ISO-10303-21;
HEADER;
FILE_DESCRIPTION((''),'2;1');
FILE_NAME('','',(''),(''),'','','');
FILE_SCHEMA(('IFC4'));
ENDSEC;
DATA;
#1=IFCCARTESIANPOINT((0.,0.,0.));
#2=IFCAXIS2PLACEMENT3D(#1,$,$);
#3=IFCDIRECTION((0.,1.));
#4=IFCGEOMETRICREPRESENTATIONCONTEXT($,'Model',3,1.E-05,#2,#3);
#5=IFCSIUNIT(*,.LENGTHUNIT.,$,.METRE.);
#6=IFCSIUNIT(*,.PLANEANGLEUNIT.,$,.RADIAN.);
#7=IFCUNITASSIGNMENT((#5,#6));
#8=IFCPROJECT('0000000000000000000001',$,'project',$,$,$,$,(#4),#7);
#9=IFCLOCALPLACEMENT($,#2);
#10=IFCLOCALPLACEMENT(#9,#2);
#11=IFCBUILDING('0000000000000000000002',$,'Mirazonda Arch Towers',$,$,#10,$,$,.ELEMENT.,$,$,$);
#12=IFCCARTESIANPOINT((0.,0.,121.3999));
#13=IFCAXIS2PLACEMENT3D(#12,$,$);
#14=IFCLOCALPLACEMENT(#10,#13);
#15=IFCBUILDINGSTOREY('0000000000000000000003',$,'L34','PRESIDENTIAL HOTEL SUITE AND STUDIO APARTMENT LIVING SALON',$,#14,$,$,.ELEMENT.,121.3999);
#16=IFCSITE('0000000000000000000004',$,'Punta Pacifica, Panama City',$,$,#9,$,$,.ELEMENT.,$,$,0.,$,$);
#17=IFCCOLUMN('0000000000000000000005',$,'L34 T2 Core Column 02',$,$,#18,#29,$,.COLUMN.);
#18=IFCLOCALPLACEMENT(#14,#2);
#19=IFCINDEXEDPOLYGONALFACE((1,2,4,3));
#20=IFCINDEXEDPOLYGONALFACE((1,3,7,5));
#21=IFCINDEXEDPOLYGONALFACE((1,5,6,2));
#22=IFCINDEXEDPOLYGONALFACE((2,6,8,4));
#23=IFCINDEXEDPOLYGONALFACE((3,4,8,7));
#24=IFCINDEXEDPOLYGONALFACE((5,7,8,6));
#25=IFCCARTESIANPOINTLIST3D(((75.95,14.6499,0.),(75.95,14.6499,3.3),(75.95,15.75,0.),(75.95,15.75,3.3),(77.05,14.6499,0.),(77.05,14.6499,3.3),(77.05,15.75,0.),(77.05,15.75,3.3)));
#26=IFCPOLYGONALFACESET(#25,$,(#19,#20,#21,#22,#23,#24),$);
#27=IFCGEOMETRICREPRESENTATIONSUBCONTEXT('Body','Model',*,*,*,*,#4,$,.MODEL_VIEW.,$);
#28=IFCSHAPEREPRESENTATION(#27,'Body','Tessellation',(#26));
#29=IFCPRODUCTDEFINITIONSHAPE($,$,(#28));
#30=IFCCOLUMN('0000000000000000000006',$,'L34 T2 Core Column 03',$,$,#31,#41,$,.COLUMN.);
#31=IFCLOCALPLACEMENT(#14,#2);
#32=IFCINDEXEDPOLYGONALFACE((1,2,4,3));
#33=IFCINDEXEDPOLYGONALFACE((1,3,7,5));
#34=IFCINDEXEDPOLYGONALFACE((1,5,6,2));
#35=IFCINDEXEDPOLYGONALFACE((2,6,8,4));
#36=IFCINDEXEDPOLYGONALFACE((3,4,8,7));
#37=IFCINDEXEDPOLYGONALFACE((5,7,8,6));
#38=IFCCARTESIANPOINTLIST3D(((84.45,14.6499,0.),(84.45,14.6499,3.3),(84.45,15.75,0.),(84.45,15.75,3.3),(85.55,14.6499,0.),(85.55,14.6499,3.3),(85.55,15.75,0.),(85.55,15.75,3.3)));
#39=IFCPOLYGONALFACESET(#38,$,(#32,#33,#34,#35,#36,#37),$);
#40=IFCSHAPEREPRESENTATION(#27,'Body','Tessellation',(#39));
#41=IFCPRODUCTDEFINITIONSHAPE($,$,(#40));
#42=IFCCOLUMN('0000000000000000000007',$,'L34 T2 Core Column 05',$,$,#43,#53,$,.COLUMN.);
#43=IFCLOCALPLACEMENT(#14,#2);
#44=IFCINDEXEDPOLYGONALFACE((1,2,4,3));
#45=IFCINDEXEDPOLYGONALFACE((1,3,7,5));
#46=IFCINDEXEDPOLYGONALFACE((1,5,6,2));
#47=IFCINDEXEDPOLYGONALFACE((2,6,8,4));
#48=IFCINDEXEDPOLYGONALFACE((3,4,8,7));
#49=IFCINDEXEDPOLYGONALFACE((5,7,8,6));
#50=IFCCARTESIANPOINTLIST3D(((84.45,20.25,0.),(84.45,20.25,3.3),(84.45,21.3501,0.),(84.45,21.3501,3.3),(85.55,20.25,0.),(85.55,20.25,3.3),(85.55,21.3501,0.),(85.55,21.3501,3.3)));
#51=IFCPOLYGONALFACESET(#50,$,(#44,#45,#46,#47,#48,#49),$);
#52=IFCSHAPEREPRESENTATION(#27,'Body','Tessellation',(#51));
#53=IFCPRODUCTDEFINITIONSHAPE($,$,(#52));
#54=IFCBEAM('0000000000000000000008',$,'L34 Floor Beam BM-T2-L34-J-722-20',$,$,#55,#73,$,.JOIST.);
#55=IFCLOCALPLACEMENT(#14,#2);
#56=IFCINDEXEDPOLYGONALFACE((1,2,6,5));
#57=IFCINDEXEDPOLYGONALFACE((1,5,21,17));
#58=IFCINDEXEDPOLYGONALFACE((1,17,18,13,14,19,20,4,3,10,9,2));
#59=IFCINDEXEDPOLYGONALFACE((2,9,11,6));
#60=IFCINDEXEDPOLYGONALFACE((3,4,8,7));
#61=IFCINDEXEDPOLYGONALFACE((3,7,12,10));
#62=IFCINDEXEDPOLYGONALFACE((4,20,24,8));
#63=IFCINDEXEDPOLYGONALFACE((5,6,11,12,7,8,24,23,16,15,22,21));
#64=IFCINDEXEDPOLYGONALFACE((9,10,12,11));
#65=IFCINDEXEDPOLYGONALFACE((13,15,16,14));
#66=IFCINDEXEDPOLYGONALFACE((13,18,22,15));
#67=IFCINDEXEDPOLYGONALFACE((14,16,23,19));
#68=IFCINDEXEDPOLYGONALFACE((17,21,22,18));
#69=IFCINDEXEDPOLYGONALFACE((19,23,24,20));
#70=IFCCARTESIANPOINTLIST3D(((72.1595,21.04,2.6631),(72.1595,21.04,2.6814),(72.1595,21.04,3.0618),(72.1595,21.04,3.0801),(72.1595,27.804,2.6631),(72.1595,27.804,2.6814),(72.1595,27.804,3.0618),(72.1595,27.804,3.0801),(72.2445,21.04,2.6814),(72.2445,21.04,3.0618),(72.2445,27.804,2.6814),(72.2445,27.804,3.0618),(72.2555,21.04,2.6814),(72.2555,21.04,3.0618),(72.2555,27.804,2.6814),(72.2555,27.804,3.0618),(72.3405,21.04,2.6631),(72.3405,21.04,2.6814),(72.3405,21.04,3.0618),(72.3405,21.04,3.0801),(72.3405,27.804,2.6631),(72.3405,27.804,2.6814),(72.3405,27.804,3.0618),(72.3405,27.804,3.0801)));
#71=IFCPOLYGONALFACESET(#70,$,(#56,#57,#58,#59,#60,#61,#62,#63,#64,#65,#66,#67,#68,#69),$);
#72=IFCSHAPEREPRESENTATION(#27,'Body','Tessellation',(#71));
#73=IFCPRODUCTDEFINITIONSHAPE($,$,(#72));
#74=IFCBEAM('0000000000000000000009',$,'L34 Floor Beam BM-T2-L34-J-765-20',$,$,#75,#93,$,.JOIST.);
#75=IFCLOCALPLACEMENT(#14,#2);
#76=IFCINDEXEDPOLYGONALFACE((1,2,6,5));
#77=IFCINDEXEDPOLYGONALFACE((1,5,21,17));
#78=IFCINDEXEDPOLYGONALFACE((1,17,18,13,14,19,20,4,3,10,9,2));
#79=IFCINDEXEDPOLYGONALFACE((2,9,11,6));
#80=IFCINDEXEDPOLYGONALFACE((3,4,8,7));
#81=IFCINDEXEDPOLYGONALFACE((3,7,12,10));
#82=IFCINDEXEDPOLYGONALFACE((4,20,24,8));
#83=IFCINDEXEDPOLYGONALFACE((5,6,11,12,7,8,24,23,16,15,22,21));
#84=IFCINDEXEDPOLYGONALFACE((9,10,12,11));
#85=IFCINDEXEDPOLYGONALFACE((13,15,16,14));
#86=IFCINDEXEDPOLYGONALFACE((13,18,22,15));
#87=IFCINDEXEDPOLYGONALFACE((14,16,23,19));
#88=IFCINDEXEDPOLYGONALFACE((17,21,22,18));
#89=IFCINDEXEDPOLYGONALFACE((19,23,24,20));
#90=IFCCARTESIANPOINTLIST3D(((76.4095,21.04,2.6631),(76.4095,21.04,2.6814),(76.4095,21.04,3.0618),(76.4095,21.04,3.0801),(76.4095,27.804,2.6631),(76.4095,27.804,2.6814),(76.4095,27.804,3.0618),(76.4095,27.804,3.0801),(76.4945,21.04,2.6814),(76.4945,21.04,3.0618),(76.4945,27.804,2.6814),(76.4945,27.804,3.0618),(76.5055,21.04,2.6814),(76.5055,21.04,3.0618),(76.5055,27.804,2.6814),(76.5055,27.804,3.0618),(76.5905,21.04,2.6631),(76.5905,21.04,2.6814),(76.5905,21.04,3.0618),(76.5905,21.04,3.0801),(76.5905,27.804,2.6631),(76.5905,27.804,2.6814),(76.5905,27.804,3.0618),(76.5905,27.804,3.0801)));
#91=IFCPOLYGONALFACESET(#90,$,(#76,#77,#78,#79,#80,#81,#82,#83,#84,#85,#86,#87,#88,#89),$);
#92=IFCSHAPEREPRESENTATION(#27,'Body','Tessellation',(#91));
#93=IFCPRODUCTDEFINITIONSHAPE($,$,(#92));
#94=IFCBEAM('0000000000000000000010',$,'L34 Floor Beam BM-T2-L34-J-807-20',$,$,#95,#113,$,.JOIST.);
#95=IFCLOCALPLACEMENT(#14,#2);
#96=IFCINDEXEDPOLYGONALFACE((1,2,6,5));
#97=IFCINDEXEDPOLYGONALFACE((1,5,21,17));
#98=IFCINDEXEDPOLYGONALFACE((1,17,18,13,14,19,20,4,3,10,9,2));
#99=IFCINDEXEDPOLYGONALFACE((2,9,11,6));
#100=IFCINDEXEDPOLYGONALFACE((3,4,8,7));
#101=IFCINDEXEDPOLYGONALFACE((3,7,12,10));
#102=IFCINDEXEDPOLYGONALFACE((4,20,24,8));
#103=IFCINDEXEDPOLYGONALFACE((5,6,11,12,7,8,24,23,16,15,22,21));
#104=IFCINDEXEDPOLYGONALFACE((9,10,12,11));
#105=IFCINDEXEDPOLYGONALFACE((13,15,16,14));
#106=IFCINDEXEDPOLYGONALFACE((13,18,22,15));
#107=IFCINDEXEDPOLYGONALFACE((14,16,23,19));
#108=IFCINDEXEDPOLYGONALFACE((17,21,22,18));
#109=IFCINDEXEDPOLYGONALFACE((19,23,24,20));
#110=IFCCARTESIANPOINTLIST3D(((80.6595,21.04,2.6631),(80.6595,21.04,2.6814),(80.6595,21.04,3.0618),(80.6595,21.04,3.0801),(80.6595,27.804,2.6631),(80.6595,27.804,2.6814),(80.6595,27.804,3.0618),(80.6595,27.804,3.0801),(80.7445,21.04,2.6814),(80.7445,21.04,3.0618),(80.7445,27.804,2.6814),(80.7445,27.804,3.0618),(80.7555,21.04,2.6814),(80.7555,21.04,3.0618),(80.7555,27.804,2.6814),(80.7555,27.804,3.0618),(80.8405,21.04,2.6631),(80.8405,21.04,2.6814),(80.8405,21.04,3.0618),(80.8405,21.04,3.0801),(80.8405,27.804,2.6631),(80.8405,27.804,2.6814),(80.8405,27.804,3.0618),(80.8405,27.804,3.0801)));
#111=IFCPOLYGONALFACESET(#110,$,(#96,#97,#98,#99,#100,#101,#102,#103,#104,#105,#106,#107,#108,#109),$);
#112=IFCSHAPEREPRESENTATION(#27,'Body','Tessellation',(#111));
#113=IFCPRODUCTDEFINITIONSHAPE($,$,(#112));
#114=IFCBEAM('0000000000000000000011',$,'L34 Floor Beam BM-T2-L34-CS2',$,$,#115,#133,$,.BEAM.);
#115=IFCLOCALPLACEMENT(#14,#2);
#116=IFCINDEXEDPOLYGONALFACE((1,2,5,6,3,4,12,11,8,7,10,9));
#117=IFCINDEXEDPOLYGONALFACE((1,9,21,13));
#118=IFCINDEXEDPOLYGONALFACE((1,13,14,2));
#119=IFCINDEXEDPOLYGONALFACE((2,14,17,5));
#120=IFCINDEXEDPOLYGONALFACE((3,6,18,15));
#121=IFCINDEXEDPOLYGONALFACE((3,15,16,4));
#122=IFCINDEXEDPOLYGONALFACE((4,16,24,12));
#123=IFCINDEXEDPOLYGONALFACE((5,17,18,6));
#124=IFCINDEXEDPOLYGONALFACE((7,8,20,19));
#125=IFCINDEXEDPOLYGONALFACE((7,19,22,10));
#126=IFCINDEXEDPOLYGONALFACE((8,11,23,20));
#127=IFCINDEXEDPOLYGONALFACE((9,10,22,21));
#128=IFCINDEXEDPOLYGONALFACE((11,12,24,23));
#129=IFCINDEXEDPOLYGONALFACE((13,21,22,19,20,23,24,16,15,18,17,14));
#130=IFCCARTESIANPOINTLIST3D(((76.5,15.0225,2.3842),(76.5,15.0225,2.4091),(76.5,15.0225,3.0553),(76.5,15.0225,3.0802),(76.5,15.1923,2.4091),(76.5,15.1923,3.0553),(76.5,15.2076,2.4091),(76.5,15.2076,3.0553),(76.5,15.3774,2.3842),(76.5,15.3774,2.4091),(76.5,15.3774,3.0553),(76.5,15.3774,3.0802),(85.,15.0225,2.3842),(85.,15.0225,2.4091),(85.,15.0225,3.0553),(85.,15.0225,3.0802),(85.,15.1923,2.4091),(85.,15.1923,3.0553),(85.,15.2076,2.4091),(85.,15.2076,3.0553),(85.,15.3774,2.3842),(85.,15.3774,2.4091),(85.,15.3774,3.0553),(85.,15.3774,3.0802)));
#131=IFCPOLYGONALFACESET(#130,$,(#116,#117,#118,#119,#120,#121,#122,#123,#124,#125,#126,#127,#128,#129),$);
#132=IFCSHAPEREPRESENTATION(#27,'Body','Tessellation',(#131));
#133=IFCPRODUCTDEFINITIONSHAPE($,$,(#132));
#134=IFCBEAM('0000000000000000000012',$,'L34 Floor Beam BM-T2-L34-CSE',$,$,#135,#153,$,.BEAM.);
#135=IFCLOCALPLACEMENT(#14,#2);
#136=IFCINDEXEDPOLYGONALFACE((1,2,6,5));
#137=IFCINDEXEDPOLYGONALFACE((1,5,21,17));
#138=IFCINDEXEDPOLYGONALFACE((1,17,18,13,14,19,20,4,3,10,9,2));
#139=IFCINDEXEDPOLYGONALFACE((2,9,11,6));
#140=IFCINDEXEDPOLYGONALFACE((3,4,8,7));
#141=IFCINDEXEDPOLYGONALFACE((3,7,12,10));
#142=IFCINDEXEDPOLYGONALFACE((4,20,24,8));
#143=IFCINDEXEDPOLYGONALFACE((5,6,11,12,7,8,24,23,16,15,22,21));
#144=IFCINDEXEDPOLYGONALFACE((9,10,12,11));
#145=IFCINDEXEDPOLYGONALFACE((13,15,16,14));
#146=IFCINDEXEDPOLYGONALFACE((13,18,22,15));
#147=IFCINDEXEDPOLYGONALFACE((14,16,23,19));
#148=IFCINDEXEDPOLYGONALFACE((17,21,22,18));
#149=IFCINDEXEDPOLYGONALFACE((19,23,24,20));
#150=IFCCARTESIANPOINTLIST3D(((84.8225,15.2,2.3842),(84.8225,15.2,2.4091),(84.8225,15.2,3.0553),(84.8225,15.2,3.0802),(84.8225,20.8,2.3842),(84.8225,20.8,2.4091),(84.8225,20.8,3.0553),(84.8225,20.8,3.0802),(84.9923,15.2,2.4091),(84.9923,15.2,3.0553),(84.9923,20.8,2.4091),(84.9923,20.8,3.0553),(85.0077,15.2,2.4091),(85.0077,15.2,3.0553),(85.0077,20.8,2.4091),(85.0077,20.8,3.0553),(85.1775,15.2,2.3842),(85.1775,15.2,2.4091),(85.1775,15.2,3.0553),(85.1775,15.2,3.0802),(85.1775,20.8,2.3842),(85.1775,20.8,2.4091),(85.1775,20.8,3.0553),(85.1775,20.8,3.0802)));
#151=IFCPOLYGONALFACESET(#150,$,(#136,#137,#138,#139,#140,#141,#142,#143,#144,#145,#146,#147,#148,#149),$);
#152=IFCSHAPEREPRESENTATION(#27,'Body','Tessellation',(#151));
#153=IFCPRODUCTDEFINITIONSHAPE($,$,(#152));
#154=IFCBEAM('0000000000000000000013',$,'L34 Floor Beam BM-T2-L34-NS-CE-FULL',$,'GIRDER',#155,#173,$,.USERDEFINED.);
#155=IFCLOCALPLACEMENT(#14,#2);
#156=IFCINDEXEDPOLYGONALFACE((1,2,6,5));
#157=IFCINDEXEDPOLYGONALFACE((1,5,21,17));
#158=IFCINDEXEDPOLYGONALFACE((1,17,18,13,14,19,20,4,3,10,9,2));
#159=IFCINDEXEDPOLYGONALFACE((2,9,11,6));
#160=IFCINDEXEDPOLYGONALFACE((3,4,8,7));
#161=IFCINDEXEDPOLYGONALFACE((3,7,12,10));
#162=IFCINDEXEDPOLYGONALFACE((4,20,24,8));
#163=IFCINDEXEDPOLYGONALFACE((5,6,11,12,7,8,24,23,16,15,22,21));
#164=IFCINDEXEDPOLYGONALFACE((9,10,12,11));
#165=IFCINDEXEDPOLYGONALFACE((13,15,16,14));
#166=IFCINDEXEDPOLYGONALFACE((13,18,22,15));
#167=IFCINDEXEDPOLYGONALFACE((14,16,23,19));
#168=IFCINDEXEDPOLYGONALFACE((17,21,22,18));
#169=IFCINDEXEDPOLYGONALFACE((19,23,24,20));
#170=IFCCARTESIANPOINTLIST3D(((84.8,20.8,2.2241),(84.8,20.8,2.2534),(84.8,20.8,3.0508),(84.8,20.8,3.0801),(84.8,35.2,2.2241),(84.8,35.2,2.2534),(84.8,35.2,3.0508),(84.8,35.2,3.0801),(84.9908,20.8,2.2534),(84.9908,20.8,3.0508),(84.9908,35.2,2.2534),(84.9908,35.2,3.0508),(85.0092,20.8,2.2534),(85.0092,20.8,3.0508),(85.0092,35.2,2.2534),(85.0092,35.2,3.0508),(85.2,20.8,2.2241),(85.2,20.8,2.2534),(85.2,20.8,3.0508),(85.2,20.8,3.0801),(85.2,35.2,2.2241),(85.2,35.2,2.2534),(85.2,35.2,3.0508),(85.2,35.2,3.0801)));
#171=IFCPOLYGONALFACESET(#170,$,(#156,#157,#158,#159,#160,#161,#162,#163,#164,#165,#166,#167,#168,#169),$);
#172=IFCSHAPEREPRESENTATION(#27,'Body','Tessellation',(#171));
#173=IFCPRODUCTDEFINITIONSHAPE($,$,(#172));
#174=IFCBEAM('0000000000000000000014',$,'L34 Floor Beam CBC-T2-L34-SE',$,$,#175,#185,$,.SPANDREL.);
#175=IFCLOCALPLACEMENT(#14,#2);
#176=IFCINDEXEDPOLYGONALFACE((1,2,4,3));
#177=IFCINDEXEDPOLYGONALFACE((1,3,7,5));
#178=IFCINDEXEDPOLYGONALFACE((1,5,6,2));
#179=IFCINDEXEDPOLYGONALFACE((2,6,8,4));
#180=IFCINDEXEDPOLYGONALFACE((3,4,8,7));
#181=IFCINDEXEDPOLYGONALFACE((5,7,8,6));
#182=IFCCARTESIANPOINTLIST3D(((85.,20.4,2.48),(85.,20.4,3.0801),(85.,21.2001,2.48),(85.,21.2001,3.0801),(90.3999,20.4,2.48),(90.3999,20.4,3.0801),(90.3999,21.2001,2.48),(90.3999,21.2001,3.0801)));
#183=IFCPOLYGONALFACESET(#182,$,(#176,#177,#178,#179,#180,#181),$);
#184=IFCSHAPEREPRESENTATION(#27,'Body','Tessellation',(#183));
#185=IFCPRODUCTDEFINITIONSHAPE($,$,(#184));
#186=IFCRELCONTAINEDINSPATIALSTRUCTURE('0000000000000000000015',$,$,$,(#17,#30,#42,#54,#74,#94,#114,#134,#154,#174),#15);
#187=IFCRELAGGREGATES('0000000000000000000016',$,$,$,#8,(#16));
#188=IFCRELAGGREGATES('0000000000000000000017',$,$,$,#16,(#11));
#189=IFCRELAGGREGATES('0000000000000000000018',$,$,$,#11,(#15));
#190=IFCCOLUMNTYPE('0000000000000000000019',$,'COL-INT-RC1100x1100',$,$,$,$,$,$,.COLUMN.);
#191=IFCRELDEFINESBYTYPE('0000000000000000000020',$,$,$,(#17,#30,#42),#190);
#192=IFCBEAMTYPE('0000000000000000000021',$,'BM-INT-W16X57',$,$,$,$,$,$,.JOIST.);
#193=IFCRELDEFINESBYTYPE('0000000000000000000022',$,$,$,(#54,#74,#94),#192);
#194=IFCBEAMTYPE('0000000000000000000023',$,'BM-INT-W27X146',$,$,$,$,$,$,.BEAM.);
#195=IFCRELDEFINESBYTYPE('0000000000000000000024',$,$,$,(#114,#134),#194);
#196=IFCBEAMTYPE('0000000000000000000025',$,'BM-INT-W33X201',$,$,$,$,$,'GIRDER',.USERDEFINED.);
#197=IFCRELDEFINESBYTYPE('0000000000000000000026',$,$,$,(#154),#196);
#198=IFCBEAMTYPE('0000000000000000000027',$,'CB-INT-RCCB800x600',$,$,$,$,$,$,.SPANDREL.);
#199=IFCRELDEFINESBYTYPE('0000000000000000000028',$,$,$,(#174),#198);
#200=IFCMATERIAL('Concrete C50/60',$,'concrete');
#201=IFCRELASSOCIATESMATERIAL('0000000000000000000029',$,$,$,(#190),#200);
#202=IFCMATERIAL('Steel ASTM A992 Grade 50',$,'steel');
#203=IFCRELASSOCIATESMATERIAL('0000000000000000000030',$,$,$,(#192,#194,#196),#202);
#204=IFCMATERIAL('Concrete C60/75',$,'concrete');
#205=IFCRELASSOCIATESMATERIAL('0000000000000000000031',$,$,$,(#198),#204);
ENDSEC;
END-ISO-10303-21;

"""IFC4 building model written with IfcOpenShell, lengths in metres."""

from ifc_helpers import new_model, si_unit, direction, frame, origin, origin_2d, place, context, subcontext, project, spatial, rectangle, i_section, extrude, material, material_profile, profile_set, type_object, element, save


model = new_model("IFC4")

# Units and contexts
model_context = context("Model", 3, precision=1e-05, world=origin(), true_north=direction((0.0, 1.0)))
body_context = subcontext(model_context, "Body", "Model", "MODEL_VIEW")
ifc_project = project(units=[si_unit("LENGTHUNIT", "METRE"), si_unit("PLANEANGLEUNIT", "RADIAN")], contexts=[model_context])

# Site, building, storey
site_placement = place(None, origin())
site = spatial("IfcSite", under=ifc_project, at=site_placement, Name="Punta Pacifica, Panama City", CompositionType="ELEMENT", RefElevation=0.0)
building_placement = place(site_placement, origin())
building = spatial("IfcBuilding", under=site, at=building_placement, Name="Mirazonda Arch Towers", CompositionType="ELEMENT")
storey_placement = place(building_placement, frame((0.0, 0.0, 121.3999)))
storey = spatial("IfcBuildingStorey", under=building, at=storey_placement, Name="L34", Description="PRESIDENTIAL HOTEL SUITE AND STUDIO APARTMENT LIVING SALON", CompositionType="ELEMENT", Elevation=121.3999)

# Columns
ifc_material_1 = material(Name="Concrete C50/60", Category="concrete")
ifc_material_profile_1 = material_profile(ifc_material_1, rectangle(XDim=1.1001, YDim=1.1001, at=origin_2d()), Name="RC1100x1100")
ifc_profile_set_1 = profile_set([ifc_material_profile_1], Name="Concrete C50/60")
column_type = type_object("IfcColumnType", Name="COL-INT-RC1100x1100", PredefinedType="COLUMN", material=ifc_profile_set_1)
for number, where, z_axis, x_axis, name in (
    (1, (76.5, 15.2, 0.0), (0.0, 0.0, 1.0), (1.0, 0.0, 0.0), "L34 T2 Core Column 02"),
    (2, (85.0, 15.2, 0.0), (0.0, 0.0, 1.0), (1.0, 0.0, 0.0), "L34 T2 Core Column 03"),
    (3, (85.0, 20.8, 0.0), (0.0, 0.0, 1.0), (1.0, 0.0, 0.0), "L34 T2 Core Column 05"),
):
    element("IfcColumn", number, at=place(storey_placement, frame(where, z_axis=z_axis, x_axis=x_axis)), inside=storey, type_object=column_type, Name=name, PredefinedType="COLUMN", context=body_context, shape_type="SweptSolid", body=[
        extrude(rectangle(XDim=1.1001, YDim=1.1001, at=origin_2d()), origin(), (0.0, 0.0, 1.0), 3.3),
    ])

# Beams
ifc_material_2 = material(Name="Steel ASTM A992 Grade 50", Category="steel")
ifc_material_profile_2 = material_profile(ifc_material_2, i_section(OverallWidth=0.1809, OverallDepth=0.417, WebThickness=0.011, FlangeThickness=0.0183, at=origin_2d()), Name="W16X57")
ifc_profile_set_2 = profile_set([ifc_material_profile_2], Name="Steel ASTM A992 Grade 50")
beam_type_1 = type_object("IfcBeamType", Name="BM-INT-W16X57", PredefinedType="JOIST", material=ifc_profile_set_2)
for number, where, z_axis, x_axis, name in (
    (4, (72.25, 21.04, 2.8716), (0.0, 1.0, 0.0), (-1.0, 0.0, 0.0), "L34 Floor Beam BM-T2-L34-J-722-20"),
    (5, (76.5, 21.04, 2.8716), (0.0, 1.0, 0.0), (-1.0, 0.0, 0.0), "L34 Floor Beam BM-T2-L34-J-765-20"),
    (6, (80.75, 21.04, 2.8716), (0.0, 1.0, 0.0), (-1.0, 0.0, 0.0), "L34 Floor Beam BM-T2-L34-J-807-20"),
):
    element("IfcBeam", number, at=place(storey_placement, frame(where, z_axis=z_axis, x_axis=x_axis)), inside=storey, type_object=beam_type_1, Name=name, PredefinedType="JOIST", context=body_context, shape_type="SweptSolid", body=[
        extrude(i_section(OverallWidth=0.1809, OverallDepth=0.417, WebThickness=0.011, FlangeThickness=0.0183, at=origin_2d()), origin(), (0.0, 0.0, 1.0), 6.7639),
    ])
ifc_material_profile_3 = material_profile(ifc_material_2, i_section(OverallWidth=0.355, OverallDepth=0.696, WebThickness=0.0154, FlangeThickness=0.0249, at=origin_2d()), Name="W27X146")
ifc_profile_set_3 = profile_set([ifc_material_profile_3], Name="Steel ASTM A992 Grade 50")
beam_type_2 = type_object("IfcBeamType", Name="BM-INT-W27X146", PredefinedType="BEAM", material=ifc_profile_set_3)
beam_1_placement = place(storey_placement, frame((76.5, 15.2, 2.7322), z_axis=(1.0, 0.0, 0.0), x_axis=(0.0, 1.0, 0.0)))
element("IfcBeam", 7, at=beam_1_placement, inside=storey, type_object=beam_type_2, Name="L34 Floor Beam BM-T2-L34-CS2", PredefinedType="BEAM", context=body_context, shape_type="SweptSolid", body=[
    extrude(i_section(OverallWidth=0.355, OverallDepth=0.696, WebThickness=0.0154, FlangeThickness=0.0249, at=origin_2d()), origin(), (0.0, 0.0, 1.0), 8.5),
])
beam_2_placement = place(storey_placement, frame((85.0, 15.2, 2.7322), z_axis=(0.0, 1.0, 0.0), x_axis=(-1.0, 0.0, 0.0)))
element("IfcBeam", 8, at=beam_2_placement, inside=storey, type_object=beam_type_2, Name="L34 Floor Beam BM-T2-L34-CSE", PredefinedType="BEAM", context=body_context, shape_type="SweptSolid", body=[
    extrude(i_section(OverallWidth=0.355, OverallDepth=0.696, WebThickness=0.0154, FlangeThickness=0.0249, at=origin_2d()), origin(), (0.0, 0.0, 1.0), 5.6001),
])
ifc_material_profile_4 = material_profile(ifc_material_2, i_section(OverallWidth=0.3999, OverallDepth=0.856, WebThickness=0.0183, FlangeThickness=0.0293, at=origin_2d()), Name="W33X201")
ifc_profile_set_4 = profile_set([ifc_material_profile_4], Name="Steel ASTM A992 Grade 50")
beam_type_3 = type_object("IfcBeamType", Name="BM-INT-W33X201", ElementType="GIRDER", PredefinedType="USERDEFINED", material=ifc_profile_set_4)
beam_3_placement = place(storey_placement, frame((85.0, 20.8, 2.6521), z_axis=(0.0, 1.0, 0.0), x_axis=(-1.0, 0.0, 0.0)))
element("IfcBeam", 9, at=beam_3_placement, inside=storey, type_object=beam_type_3, Name="L34 Floor Beam BM-T2-L34-NS-CE-FULL", ObjectType="GIRDER", PredefinedType="USERDEFINED", context=body_context, shape_type="SweptSolid", body=[
    extrude(i_section(OverallWidth=0.3999, OverallDepth=0.856, WebThickness=0.0183, FlangeThickness=0.0293, at=origin_2d()), origin(), (0.0, 0.0, 1.0), 14.3999),
])
ifc_material_3 = material(Name="Concrete C60/75", Category="concrete")
ifc_material_profile_5 = material_profile(ifc_material_3, rectangle(XDim=0.8, YDim=0.6001, at=origin_2d()), Name="RCCB800x600")
ifc_profile_set_5 = profile_set([ifc_material_profile_5], Name="Concrete C60/75")
beam_type_4 = type_object("IfcBeamType", Name="CB-INT-RCCB800x600", PredefinedType="SPANDREL", material=ifc_profile_set_5)
beam_4_placement = place(storey_placement, frame((85.0, 20.8, 2.78), z_axis=(1.0, 0.0, 0.0), x_axis=(0.0, 1.0, 0.0)))
element("IfcBeam", 10, at=beam_4_placement, inside=storey, type_object=beam_type_4, Name="L34 Floor Beam CBC-T2-L34-SE", PredefinedType="SPANDREL", context=body_context, shape_type="SweptSolid", body=[
    extrude(rectangle(XDim=0.8, YDim=0.6001, at=origin_2d()), origin(), (0.0, 0.0, 1.0), 5.3999),
])

save(model, "model.ifc")
